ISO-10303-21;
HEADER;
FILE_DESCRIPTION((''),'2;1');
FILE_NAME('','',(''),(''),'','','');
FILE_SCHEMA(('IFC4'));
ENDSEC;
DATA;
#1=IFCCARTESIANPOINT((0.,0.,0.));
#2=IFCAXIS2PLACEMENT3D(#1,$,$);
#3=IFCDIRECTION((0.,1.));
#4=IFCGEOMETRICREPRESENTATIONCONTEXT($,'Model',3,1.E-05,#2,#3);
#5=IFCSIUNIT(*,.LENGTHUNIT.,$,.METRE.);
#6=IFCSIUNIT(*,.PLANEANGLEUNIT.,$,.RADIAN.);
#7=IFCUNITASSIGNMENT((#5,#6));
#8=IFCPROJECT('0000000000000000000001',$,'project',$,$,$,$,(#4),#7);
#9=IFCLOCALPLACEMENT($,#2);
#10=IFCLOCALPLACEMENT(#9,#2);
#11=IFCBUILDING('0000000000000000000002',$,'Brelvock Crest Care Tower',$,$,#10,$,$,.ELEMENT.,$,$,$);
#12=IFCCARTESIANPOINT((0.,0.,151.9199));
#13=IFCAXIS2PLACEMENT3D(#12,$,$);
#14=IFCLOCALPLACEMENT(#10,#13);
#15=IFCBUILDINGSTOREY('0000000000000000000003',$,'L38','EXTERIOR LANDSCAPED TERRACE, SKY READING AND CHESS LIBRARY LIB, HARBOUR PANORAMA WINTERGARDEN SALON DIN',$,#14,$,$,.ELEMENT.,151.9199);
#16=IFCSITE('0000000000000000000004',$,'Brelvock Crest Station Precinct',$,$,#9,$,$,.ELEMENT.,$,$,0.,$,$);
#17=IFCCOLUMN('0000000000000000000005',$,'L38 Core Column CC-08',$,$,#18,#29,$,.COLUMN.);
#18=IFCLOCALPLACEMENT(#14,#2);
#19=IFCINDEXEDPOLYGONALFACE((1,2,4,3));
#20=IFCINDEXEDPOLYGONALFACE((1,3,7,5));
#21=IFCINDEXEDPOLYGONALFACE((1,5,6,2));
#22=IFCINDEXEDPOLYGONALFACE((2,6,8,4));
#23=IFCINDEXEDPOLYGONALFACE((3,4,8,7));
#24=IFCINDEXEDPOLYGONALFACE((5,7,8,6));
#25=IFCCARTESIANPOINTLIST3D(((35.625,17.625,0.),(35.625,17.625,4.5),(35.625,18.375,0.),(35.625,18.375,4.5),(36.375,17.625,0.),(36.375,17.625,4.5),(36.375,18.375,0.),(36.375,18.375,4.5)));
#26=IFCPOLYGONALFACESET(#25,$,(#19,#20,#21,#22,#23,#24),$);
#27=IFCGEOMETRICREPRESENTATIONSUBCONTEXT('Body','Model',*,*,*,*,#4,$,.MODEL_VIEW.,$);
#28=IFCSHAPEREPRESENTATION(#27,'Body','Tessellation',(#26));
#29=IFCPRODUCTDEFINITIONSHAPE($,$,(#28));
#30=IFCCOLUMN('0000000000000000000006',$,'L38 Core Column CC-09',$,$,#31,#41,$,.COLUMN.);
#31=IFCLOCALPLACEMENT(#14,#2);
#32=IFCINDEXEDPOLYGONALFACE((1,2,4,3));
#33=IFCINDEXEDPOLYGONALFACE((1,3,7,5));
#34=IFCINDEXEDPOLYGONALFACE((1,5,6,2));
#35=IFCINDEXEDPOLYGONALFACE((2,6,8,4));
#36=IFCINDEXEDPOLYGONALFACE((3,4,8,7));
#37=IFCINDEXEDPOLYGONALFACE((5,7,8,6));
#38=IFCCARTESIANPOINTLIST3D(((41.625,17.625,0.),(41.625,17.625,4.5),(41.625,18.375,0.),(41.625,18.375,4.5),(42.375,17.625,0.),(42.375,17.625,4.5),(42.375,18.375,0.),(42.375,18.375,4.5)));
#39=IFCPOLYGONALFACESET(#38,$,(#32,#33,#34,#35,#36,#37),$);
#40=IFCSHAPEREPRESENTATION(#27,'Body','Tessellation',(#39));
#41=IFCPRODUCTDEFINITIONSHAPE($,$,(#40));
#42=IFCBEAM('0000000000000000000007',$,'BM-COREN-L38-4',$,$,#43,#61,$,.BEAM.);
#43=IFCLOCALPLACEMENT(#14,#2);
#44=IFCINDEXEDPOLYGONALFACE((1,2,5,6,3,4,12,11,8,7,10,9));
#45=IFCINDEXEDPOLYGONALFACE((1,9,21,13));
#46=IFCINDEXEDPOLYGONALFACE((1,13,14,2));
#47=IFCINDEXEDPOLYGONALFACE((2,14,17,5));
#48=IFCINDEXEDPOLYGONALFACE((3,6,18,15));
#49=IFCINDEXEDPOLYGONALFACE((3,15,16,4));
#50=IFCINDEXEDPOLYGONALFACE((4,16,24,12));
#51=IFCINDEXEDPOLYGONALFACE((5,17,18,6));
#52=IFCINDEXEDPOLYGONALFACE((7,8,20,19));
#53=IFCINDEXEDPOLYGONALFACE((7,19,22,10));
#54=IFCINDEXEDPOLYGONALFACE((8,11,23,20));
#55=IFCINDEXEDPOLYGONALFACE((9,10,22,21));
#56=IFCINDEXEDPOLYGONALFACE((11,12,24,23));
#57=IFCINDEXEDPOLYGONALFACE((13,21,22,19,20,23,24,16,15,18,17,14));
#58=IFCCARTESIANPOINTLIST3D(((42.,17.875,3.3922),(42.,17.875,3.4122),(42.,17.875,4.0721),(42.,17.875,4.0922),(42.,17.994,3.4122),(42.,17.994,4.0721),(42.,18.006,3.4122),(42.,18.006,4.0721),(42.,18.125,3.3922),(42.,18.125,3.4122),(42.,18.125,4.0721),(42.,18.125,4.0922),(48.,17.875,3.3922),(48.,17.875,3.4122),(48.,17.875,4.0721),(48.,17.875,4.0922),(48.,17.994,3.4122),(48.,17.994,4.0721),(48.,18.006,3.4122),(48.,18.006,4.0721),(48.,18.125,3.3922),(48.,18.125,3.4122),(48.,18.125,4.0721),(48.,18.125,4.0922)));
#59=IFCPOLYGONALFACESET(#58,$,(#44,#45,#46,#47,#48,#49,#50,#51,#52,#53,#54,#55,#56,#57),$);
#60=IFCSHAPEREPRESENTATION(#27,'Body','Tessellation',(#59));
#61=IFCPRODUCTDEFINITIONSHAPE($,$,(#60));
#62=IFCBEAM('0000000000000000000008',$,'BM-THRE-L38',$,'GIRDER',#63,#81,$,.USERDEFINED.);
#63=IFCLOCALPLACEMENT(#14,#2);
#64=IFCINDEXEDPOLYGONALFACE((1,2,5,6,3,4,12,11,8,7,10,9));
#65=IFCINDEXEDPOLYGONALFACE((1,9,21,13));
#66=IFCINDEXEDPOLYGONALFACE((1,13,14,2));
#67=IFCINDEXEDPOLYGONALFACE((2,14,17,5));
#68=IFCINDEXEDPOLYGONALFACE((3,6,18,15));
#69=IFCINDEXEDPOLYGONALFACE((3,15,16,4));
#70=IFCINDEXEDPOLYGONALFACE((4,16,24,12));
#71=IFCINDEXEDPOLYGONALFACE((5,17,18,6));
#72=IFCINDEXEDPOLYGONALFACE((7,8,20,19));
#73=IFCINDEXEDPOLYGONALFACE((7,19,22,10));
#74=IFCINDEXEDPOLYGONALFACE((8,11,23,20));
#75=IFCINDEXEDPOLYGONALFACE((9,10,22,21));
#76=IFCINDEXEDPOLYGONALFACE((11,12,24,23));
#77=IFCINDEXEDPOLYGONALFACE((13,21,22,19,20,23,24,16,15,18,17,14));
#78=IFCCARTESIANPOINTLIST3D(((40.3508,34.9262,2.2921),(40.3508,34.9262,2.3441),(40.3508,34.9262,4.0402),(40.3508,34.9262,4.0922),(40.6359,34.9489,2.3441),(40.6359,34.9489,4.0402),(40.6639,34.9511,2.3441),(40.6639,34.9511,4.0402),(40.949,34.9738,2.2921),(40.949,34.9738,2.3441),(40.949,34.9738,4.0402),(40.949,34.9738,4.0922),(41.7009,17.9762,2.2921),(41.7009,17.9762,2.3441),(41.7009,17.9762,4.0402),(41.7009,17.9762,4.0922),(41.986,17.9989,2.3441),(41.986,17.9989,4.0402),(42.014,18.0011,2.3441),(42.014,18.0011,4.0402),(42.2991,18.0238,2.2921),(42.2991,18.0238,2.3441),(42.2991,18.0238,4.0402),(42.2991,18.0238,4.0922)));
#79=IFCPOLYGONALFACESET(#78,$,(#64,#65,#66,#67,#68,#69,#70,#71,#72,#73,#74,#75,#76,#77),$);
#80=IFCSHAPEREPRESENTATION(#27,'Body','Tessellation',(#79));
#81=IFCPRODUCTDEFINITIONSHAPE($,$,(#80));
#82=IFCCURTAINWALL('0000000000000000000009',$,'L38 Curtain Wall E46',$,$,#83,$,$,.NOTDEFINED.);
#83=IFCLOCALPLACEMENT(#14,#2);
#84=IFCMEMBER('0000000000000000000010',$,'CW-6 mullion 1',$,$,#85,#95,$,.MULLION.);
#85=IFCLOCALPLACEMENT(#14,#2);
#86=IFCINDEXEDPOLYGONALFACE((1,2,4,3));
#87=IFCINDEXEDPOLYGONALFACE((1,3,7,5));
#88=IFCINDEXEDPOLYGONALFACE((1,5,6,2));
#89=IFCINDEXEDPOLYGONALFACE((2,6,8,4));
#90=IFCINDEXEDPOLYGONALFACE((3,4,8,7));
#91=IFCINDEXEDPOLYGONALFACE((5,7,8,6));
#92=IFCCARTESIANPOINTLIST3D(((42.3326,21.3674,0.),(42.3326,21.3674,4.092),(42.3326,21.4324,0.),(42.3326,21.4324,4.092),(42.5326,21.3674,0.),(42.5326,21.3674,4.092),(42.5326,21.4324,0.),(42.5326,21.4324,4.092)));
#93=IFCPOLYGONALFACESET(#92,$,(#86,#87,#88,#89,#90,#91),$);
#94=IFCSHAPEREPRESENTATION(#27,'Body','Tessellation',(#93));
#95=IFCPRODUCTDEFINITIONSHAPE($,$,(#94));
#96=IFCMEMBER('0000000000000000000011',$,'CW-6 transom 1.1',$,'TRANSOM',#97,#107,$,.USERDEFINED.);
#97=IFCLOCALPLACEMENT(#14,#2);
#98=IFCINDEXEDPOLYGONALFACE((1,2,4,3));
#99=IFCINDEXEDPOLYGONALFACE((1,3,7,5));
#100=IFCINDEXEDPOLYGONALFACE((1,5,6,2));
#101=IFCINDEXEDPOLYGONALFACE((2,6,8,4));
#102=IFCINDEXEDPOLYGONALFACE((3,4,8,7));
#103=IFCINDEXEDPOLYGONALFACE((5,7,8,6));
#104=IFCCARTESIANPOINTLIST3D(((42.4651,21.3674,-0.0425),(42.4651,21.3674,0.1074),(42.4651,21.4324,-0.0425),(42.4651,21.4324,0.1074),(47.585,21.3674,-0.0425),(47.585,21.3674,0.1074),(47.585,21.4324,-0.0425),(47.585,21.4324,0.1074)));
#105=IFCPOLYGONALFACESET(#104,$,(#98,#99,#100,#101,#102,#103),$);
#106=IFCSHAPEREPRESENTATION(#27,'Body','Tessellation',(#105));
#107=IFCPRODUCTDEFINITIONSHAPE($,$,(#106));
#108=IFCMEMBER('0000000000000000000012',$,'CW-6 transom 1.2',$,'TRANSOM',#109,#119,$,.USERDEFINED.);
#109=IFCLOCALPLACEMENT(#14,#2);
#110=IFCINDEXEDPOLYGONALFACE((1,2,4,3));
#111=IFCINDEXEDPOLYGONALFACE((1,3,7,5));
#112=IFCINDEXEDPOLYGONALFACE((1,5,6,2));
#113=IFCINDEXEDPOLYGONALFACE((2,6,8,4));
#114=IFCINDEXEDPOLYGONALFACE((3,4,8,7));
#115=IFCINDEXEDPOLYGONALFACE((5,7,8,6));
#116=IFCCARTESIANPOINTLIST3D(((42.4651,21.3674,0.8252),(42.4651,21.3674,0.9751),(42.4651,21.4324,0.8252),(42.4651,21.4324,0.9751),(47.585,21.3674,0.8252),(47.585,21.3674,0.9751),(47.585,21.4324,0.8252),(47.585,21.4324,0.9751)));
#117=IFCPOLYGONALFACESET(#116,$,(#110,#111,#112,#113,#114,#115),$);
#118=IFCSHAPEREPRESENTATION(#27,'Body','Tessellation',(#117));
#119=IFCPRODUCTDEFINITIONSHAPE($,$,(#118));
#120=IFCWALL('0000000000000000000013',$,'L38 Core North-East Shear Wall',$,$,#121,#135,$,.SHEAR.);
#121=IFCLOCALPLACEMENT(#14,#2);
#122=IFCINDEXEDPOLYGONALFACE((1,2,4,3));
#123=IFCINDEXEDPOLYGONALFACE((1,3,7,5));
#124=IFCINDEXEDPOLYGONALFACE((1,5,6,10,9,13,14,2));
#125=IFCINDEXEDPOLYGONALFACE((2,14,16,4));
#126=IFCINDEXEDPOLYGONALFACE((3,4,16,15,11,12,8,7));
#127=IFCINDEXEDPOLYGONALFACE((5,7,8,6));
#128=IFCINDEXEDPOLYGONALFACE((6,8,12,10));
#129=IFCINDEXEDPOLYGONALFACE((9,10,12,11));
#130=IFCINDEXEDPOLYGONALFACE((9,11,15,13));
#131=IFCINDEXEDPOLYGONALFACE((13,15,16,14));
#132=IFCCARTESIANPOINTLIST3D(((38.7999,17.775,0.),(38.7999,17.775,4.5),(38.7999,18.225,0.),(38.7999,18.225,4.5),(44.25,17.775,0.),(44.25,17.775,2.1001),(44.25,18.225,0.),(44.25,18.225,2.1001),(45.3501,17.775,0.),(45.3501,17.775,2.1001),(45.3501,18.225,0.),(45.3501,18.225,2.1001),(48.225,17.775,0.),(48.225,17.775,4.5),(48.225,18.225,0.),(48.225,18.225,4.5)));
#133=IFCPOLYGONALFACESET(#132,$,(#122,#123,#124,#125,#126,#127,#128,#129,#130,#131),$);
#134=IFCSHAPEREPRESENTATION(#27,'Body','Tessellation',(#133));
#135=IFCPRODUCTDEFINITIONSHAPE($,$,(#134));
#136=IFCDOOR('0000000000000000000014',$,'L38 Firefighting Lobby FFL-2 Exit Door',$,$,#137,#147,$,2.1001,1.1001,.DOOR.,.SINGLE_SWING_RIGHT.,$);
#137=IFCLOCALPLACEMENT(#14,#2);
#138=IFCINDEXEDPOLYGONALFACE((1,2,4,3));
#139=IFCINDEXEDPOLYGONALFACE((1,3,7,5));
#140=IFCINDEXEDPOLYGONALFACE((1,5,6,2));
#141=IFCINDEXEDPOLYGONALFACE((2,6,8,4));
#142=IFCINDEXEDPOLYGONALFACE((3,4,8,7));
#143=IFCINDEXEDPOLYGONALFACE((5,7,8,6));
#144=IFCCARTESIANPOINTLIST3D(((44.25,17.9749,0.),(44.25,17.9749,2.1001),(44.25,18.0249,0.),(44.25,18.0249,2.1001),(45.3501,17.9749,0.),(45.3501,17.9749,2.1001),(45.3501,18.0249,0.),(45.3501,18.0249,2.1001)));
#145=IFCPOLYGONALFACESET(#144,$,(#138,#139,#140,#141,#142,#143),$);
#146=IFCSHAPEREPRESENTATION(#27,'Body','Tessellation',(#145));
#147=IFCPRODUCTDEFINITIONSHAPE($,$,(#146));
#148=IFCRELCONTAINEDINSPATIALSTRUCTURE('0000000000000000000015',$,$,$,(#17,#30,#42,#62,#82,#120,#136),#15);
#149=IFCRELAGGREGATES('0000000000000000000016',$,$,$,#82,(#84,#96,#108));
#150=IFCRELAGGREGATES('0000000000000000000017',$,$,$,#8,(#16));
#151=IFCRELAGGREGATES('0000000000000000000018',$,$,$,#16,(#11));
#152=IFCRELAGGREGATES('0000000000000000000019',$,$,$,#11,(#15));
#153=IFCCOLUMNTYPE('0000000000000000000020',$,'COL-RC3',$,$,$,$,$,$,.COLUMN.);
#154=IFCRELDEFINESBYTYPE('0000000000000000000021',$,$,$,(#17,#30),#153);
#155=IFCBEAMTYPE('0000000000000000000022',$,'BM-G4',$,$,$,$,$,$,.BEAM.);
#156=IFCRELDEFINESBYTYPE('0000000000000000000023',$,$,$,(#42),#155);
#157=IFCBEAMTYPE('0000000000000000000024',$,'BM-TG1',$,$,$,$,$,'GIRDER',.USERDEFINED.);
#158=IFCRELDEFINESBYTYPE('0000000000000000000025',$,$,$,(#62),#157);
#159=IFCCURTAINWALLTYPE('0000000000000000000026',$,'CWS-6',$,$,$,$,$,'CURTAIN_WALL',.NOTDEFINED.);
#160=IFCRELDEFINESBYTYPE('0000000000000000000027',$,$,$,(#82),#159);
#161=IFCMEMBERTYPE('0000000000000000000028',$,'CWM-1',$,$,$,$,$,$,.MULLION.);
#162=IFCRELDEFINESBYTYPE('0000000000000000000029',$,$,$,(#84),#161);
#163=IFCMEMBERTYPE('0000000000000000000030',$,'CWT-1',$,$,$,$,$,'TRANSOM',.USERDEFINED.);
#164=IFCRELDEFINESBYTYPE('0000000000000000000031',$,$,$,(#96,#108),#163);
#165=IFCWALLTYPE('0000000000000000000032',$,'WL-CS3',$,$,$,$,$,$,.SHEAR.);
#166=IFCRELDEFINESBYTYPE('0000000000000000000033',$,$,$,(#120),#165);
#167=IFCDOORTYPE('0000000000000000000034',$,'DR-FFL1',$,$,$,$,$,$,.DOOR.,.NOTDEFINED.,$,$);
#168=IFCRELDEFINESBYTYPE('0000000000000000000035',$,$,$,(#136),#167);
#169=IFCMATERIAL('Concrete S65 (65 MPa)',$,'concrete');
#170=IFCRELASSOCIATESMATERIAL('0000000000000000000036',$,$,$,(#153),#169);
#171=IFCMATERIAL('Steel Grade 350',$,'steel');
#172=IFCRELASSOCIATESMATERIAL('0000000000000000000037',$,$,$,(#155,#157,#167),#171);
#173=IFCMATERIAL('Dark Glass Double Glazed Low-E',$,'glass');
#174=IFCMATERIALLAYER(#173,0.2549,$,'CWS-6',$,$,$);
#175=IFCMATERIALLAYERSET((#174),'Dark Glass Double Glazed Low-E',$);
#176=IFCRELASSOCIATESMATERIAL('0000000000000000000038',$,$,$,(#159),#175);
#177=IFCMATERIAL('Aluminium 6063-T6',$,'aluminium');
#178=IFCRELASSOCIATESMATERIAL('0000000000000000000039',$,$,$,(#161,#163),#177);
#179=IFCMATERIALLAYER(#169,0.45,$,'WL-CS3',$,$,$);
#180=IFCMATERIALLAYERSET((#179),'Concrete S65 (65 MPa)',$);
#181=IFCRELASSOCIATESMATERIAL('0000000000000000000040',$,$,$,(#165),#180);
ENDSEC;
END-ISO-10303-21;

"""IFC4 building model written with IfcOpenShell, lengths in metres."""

from ifc_helpers import new_model, si_unit, direction, frame, frame_2d, origin, origin_2d, place, context, subcontext, project, spatial, rectangle, i_section, extrude, source, transform, mapped, material, layer, layer_set, material_profile, profile_set, type_object, element, fill, aggregate, save


model = new_model("IFC4")

# Units and contexts
model_context = context("Model", 3, precision=1e-05, world=origin(), true_north=direction((0.0, 1.0)))
body_context = subcontext(model_context, "Body", "Model", "MODEL_VIEW")
ifc_project = project(units=[si_unit("LENGTHUNIT", "METRE"), si_unit("PLANEANGLEUNIT", "RADIAN")], contexts=[model_context])

# Site, building, storey
site_placement = place(None, origin())
site = spatial("IfcSite", under=ifc_project, at=site_placement, Name="Brelvock Crest Station Precinct", CompositionType="ELEMENT", RefElevation=0.0)
building_placement = place(site_placement, origin())
building = spatial("IfcBuilding", under=site, at=building_placement, Name="Brelvock Crest Care Tower", CompositionType="ELEMENT")
storey_placement = place(building_placement, frame((0.0, 0.0, 151.9199)))
storey = spatial("IfcBuildingStorey", under=building, at=storey_placement, Name="L38", Description="EXTERIOR LANDSCAPED TERRACE, SKY READING AND CHESS LIBRARY LIB, HARBOUR PANORAMA WINTERGARDEN SALON DIN", CompositionType="ELEMENT", Elevation=151.9199)

# Columns
ifc_material_1 = material(Name="Concrete S65 (65 MPa)", Category="concrete")
ifc_material_profile_1 = material_profile(ifc_material_1, rectangle(XDim=0.75, YDim=0.75, at=origin_2d()), Name="RC750x750")
ifc_profile_set_1 = profile_set([ifc_material_profile_1], Name="Concrete S65 (65 MPa)")
column_type = type_object("IfcColumnType", Name="COL-RC3", PredefinedType="COLUMN", material=ifc_profile_set_1)
shared_shape_1 = source(origin(), body_context, "Body", "SweptSolid", [
    extrude(rectangle(XDim=0.75, YDim=0.75, at=origin_2d()), origin(), (0.0, 0.0, 1.0), 4.5),
])
for number, where, z_axis, x_axis, name in (
    (1, (36.0, 18.0, 0.0), (0.0, 0.0, 1.0), (1.0, 0.0, 0.0), "L38 Core Column CC-08"),
    (2, (42.0, 18.0, 0.0), (0.0, 0.0, 1.0), (1.0, 0.0, 0.0), "L38 Core Column CC-09"),
):
    element("IfcColumn", number, at=place(storey_placement, frame(where, z_axis=z_axis, x_axis=x_axis)), inside=storey, type_object=column_type, Name=name, PredefinedType="COLUMN", context=body_context, shape_type="MappedRepresentation", body=[
        mapped(shared_shape_1, transform((0.0, 0.0, 0.0), x_axis=(1.0, 0.0, 0.0), y_axis=(0.0, 1.0, 0.0), z_axis=(0.0, 0.0, 1.0), scale=1.0)),
    ])

# Beams
ifc_material_2 = material(Name="Steel Grade 350", Category="steel")
ifc_material_profile_2 = material_profile(ifc_material_2, i_section(OverallWidth=0.25, OverallDepth=0.7, WebThickness=0.012, FlangeThickness=0.02, at=origin_2d()), Name="700WB150")
ifc_profile_set_2 = profile_set([ifc_material_profile_2], Name="Steel Grade 350")
beam_type_1 = type_object("IfcBeamType", Name="BM-G4", PredefinedType="BEAM", material=ifc_profile_set_2)
shared_shape_2 = source(origin(), body_context, "Body", "SweptSolid", [
    extrude(i_section(OverallWidth=0.25, OverallDepth=0.7, WebThickness=0.012, FlangeThickness=0.02, at=origin_2d()), origin(), (0.0, 0.0, 1.0), 6.0),
])
beam_1_placement = place(storey_placement, frame((42.0, 18.0, 3.7422), z_axis=(1.0, 0.0, 0.0), x_axis=(0.0, 1.0, 0.0)))
element("IfcBeam", 3, at=beam_1_placement, inside=storey, type_object=beam_type_1, Name="BM-COREN-L38-4", PredefinedType="BEAM", context=body_context, shape_type="MappedRepresentation", body=[
    mapped(shared_shape_2, transform((0.0, 0.0, 0.0), x_axis=(1.0, 0.0, 0.0), y_axis=(0.0, 1.0, 0.0), z_axis=(0.0, 0.0, 1.0), scale=1.0)),
])
ifc_material_profile_3 = material_profile(ifc_material_2, i_section(OverallWidth=0.6001, OverallDepth=1.8, WebThickness=0.0281, FlangeThickness=0.052, at=origin_2d()), Name="1800TG740")
ifc_profile_set_3 = profile_set([ifc_material_profile_3], Name="Steel Grade 350")
beam_type_2 = type_object("IfcBeamType", Name="BM-TG1", ElementType="GIRDER", PredefinedType="USERDEFINED", material=ifc_profile_set_3)
shared_shape_3 = source(origin(), body_context, "Body", "SweptSolid", [
    extrude(i_section(OverallWidth=0.6001, OverallDepth=1.8, WebThickness=0.0281, FlangeThickness=0.052, at=origin_2d()), origin(), (0.0, 0.0, 1.0), 17.0037),
])
beam_2_placement = place(storey_placement, frame((42.0, 18.0, 3.1921), z_axis=(-0.079401, 0.996843, 0.0), x_axis=(-0.996843, -0.079401, 0.0)))
element("IfcBeam", 4, at=beam_2_placement, inside=storey, type_object=beam_type_2, Name="BM-THRE-L38", ObjectType="GIRDER", PredefinedType="USERDEFINED", context=body_context, shape_type="MappedRepresentation", body=[
    mapped(shared_shape_3, transform((0.0, 0.0, 0.0), x_axis=(1.0, 0.0, 0.0), y_axis=(0.0, 1.0, 0.0), z_axis=(0.0, 0.0, 1.0), scale=1.0)),
])

# Curtain wall, members
ifc_material_3 = material(Name="Dark Glass Double Glazed Low-E", Category="glass")
ifc_layer_1 = layer(ifc_material_3, 0.2549, Name="CWS-6")
ifc_layer_set_1 = layer_set([ifc_layer_1], Name="Dark Glass Double Glazed Low-E")
curtain_wall_type = type_object("IfcCurtainWallType", Name="CWS-6", ElementType="CURTAIN_WALL", PredefinedType="NOTDEFINED", material=ifc_layer_set_1)
curtain_wall_placement = place(storey_placement, origin())
curtain_wall = element("IfcCurtainWall", 5, at=curtain_wall_placement, inside=storey, type_object=curtain_wall_type, Name="L38 Curtain Wall E46", PredefinedType="NOTDEFINED")
ifc_material_4 = material(Name="Aluminium 6063-T6", Category="aluminium")
ifc_material_profile_4 = material_profile(ifc_material_4, rectangle(XDim=0.0649, YDim=0.2, at=origin_2d()), Name="ALU65x200")
ifc_profile_set_4 = profile_set([ifc_material_profile_4], Name="Aluminium 6063-T6")
member_type_1 = type_object("IfcMemberType", Name="CWM-1", PredefinedType="MULLION", material=ifc_profile_set_4)
shared_shape_4 = source(origin(), body_context, "Body", "SweptSolid", [
    extrude(rectangle(XDim=0.0649, YDim=0.2, at=origin_2d()), origin(), (0.0, 0.0, 1.0), 4.092),
])
member_1_placement = place(storey_placement, frame((42.4326, 21.3999, 0.0), z_axis=(0.0, 0.0, 1.0), x_axis=(0.0, 1.0, 0.0)))
member_1 = element("IfcMember", 6, at=member_1_placement, type_object=member_type_1, Name="CW-6 mullion 1", PredefinedType="MULLION", context=body_context, shape_type="MappedRepresentation", body=[
    mapped(shared_shape_4, transform((0.0, 0.0, 0.0), x_axis=(1.0, 0.0, 0.0), y_axis=(0.0, 1.0, 0.0), z_axis=(0.0, 0.0, 1.0), scale=1.0)),
])
ifc_material_profile_5 = material_profile(ifc_material_4, rectangle(XDim=0.0649, YDim=0.1499, at=origin_2d()), Name="ALU65x150")
ifc_profile_set_5 = profile_set([ifc_material_profile_5], Name="Aluminium 6063-T6")
member_type_2 = type_object("IfcMemberType", Name="CWT-1", ElementType="TRANSOM", PredefinedType="USERDEFINED", material=ifc_profile_set_5)
shared_shape_5 = source(origin(), body_context, "Body", "SweptSolid", [
    extrude(rectangle(XDim=0.0649, YDim=0.1499, at=origin_2d()), origin(), (0.0, 0.0, 1.0), 5.1199),
])
member_2_placement = place(storey_placement, frame((42.4651, 21.3999, 0.0325), z_axis=(1.0, 0.0, 0.0), x_axis=(0.0, 1.0, 0.0)))
member_2 = element("IfcMember", 7, at=member_2_placement, type_object=member_type_2, Name="CW-6 transom 1.1", ObjectType="TRANSOM", PredefinedType="USERDEFINED", context=body_context, shape_type="MappedRepresentation", body=[
    mapped(shared_shape_5, transform((0.0, 0.0, 0.0), x_axis=(1.0, 0.0, 0.0), y_axis=(0.0, 1.0, 0.0), z_axis=(0.0, 0.0, 1.0), scale=1.0)),
])
member_3_placement = place(storey_placement, frame((42.4651, 21.3999, 0.9001), z_axis=(1.0, 0.0, 0.0), x_axis=(0.0, 1.0, 0.0)))
member_3 = element("IfcMember", 8, at=member_3_placement, type_object=member_type_2, Name="CW-6 transom 1.2", ObjectType="TRANSOM", PredefinedType="USERDEFINED", context=body_context, shape_type="MappedRepresentation", body=[
    mapped(shared_shape_5, transform((0.0, 0.0, 0.0), x_axis=(1.0, 0.0, 0.0), y_axis=(0.0, 1.0, 0.0), z_axis=(0.0, 0.0, 1.0), scale=1.0)),
])
aggregate(curtain_wall, [member_1, member_2, member_3])

# Wall, opening, door
ifc_layer_2 = layer(ifc_material_1, 0.45, Name="WL-CS3")
ifc_layer_set_2 = layer_set([ifc_layer_2], Name="Concrete S65 (65 MPa)")
wall_type_1 = type_object("IfcWallType", Name="WL-CS3", PredefinedType="SHEAR", material=ifc_layer_set_2)
wall_1_placement = place(storey_placement, frame((38.8, 18.0, 0.0), z_axis=(0.0, 0.0, 1.0), x_axis=(1.0, 0.0, 0.0)))
wall_1 = element("IfcWall", 9, at=wall_1_placement, inside=storey, type_object=wall_type_1, Name="L38 Core North-East Shear Wall", PredefinedType="SHEAR", context=body_context, shape_type="SweptSolid", body=[
    extrude(rectangle(XDim=9.425, YDim=0.45, at=frame_2d((4.7124, 0.0))), origin(), (0.0, 0.0, 1.0), 4.5),
])
opening_1_placement = place(wall_1_placement, frame((5.45, 0.0, 0.0)))
opening_1 = element("IfcOpeningElement", 10, at=opening_1_placement, cuts=wall_1, PredefinedType="OPENING", context=body_context, shape_type="SweptSolid", body=[
    extrude(rectangle(XDim=1.1001, YDim=2.1001, at=origin_2d()), frame((0.55, 0.2349, 1.05), z_axis=(0.0, -1.0, 0.0), x_axis=(1.0, 0.0, 0.0)), (0.0, 0.0, 1.0), 0.47),
])
door_type_1 = type_object("IfcDoorType", Name="DR-FFL1", OperationType="NOTDEFINED", PredefinedType="DOOR", material=ifc_material_2)
shared_shape_6 = source(origin(), body_context, "Body", "SweptSolid", [
    extrude(rectangle(XDim=1.1001, YDim=2.1001, at=origin_2d()), frame((0.55, 0.0249, 1.05), z_axis=(0.0, -1.0, 0.0), x_axis=(1.0, 0.0, 0.0)), (0.0, 0.0, 1.0), 0.05),
])
door_1_placement = place(opening_1_placement, origin())
door_1 = element("IfcDoor", 11, at=door_1_placement, inside=storey, type_object=door_type_1, Name="L38 Firefighting Lobby FFL-2 Exit Door", OperationType="SINGLE_SWING_RIGHT", OverallHeight=2.1001, OverallWidth=1.1001, PredefinedType="DOOR", context=body_context, shape_type="MappedRepresentation", body=[
    mapped(shared_shape_6, transform((0.0, 0.0, 0.0), x_axis=(1.0, 0.0, 0.0), y_axis=(0.0, 1.0, 0.0), z_axis=(0.0, 0.0, 1.0), scale=1.0)),
])
fill(opening_1, door_1)

save(model, "model.ifc")
